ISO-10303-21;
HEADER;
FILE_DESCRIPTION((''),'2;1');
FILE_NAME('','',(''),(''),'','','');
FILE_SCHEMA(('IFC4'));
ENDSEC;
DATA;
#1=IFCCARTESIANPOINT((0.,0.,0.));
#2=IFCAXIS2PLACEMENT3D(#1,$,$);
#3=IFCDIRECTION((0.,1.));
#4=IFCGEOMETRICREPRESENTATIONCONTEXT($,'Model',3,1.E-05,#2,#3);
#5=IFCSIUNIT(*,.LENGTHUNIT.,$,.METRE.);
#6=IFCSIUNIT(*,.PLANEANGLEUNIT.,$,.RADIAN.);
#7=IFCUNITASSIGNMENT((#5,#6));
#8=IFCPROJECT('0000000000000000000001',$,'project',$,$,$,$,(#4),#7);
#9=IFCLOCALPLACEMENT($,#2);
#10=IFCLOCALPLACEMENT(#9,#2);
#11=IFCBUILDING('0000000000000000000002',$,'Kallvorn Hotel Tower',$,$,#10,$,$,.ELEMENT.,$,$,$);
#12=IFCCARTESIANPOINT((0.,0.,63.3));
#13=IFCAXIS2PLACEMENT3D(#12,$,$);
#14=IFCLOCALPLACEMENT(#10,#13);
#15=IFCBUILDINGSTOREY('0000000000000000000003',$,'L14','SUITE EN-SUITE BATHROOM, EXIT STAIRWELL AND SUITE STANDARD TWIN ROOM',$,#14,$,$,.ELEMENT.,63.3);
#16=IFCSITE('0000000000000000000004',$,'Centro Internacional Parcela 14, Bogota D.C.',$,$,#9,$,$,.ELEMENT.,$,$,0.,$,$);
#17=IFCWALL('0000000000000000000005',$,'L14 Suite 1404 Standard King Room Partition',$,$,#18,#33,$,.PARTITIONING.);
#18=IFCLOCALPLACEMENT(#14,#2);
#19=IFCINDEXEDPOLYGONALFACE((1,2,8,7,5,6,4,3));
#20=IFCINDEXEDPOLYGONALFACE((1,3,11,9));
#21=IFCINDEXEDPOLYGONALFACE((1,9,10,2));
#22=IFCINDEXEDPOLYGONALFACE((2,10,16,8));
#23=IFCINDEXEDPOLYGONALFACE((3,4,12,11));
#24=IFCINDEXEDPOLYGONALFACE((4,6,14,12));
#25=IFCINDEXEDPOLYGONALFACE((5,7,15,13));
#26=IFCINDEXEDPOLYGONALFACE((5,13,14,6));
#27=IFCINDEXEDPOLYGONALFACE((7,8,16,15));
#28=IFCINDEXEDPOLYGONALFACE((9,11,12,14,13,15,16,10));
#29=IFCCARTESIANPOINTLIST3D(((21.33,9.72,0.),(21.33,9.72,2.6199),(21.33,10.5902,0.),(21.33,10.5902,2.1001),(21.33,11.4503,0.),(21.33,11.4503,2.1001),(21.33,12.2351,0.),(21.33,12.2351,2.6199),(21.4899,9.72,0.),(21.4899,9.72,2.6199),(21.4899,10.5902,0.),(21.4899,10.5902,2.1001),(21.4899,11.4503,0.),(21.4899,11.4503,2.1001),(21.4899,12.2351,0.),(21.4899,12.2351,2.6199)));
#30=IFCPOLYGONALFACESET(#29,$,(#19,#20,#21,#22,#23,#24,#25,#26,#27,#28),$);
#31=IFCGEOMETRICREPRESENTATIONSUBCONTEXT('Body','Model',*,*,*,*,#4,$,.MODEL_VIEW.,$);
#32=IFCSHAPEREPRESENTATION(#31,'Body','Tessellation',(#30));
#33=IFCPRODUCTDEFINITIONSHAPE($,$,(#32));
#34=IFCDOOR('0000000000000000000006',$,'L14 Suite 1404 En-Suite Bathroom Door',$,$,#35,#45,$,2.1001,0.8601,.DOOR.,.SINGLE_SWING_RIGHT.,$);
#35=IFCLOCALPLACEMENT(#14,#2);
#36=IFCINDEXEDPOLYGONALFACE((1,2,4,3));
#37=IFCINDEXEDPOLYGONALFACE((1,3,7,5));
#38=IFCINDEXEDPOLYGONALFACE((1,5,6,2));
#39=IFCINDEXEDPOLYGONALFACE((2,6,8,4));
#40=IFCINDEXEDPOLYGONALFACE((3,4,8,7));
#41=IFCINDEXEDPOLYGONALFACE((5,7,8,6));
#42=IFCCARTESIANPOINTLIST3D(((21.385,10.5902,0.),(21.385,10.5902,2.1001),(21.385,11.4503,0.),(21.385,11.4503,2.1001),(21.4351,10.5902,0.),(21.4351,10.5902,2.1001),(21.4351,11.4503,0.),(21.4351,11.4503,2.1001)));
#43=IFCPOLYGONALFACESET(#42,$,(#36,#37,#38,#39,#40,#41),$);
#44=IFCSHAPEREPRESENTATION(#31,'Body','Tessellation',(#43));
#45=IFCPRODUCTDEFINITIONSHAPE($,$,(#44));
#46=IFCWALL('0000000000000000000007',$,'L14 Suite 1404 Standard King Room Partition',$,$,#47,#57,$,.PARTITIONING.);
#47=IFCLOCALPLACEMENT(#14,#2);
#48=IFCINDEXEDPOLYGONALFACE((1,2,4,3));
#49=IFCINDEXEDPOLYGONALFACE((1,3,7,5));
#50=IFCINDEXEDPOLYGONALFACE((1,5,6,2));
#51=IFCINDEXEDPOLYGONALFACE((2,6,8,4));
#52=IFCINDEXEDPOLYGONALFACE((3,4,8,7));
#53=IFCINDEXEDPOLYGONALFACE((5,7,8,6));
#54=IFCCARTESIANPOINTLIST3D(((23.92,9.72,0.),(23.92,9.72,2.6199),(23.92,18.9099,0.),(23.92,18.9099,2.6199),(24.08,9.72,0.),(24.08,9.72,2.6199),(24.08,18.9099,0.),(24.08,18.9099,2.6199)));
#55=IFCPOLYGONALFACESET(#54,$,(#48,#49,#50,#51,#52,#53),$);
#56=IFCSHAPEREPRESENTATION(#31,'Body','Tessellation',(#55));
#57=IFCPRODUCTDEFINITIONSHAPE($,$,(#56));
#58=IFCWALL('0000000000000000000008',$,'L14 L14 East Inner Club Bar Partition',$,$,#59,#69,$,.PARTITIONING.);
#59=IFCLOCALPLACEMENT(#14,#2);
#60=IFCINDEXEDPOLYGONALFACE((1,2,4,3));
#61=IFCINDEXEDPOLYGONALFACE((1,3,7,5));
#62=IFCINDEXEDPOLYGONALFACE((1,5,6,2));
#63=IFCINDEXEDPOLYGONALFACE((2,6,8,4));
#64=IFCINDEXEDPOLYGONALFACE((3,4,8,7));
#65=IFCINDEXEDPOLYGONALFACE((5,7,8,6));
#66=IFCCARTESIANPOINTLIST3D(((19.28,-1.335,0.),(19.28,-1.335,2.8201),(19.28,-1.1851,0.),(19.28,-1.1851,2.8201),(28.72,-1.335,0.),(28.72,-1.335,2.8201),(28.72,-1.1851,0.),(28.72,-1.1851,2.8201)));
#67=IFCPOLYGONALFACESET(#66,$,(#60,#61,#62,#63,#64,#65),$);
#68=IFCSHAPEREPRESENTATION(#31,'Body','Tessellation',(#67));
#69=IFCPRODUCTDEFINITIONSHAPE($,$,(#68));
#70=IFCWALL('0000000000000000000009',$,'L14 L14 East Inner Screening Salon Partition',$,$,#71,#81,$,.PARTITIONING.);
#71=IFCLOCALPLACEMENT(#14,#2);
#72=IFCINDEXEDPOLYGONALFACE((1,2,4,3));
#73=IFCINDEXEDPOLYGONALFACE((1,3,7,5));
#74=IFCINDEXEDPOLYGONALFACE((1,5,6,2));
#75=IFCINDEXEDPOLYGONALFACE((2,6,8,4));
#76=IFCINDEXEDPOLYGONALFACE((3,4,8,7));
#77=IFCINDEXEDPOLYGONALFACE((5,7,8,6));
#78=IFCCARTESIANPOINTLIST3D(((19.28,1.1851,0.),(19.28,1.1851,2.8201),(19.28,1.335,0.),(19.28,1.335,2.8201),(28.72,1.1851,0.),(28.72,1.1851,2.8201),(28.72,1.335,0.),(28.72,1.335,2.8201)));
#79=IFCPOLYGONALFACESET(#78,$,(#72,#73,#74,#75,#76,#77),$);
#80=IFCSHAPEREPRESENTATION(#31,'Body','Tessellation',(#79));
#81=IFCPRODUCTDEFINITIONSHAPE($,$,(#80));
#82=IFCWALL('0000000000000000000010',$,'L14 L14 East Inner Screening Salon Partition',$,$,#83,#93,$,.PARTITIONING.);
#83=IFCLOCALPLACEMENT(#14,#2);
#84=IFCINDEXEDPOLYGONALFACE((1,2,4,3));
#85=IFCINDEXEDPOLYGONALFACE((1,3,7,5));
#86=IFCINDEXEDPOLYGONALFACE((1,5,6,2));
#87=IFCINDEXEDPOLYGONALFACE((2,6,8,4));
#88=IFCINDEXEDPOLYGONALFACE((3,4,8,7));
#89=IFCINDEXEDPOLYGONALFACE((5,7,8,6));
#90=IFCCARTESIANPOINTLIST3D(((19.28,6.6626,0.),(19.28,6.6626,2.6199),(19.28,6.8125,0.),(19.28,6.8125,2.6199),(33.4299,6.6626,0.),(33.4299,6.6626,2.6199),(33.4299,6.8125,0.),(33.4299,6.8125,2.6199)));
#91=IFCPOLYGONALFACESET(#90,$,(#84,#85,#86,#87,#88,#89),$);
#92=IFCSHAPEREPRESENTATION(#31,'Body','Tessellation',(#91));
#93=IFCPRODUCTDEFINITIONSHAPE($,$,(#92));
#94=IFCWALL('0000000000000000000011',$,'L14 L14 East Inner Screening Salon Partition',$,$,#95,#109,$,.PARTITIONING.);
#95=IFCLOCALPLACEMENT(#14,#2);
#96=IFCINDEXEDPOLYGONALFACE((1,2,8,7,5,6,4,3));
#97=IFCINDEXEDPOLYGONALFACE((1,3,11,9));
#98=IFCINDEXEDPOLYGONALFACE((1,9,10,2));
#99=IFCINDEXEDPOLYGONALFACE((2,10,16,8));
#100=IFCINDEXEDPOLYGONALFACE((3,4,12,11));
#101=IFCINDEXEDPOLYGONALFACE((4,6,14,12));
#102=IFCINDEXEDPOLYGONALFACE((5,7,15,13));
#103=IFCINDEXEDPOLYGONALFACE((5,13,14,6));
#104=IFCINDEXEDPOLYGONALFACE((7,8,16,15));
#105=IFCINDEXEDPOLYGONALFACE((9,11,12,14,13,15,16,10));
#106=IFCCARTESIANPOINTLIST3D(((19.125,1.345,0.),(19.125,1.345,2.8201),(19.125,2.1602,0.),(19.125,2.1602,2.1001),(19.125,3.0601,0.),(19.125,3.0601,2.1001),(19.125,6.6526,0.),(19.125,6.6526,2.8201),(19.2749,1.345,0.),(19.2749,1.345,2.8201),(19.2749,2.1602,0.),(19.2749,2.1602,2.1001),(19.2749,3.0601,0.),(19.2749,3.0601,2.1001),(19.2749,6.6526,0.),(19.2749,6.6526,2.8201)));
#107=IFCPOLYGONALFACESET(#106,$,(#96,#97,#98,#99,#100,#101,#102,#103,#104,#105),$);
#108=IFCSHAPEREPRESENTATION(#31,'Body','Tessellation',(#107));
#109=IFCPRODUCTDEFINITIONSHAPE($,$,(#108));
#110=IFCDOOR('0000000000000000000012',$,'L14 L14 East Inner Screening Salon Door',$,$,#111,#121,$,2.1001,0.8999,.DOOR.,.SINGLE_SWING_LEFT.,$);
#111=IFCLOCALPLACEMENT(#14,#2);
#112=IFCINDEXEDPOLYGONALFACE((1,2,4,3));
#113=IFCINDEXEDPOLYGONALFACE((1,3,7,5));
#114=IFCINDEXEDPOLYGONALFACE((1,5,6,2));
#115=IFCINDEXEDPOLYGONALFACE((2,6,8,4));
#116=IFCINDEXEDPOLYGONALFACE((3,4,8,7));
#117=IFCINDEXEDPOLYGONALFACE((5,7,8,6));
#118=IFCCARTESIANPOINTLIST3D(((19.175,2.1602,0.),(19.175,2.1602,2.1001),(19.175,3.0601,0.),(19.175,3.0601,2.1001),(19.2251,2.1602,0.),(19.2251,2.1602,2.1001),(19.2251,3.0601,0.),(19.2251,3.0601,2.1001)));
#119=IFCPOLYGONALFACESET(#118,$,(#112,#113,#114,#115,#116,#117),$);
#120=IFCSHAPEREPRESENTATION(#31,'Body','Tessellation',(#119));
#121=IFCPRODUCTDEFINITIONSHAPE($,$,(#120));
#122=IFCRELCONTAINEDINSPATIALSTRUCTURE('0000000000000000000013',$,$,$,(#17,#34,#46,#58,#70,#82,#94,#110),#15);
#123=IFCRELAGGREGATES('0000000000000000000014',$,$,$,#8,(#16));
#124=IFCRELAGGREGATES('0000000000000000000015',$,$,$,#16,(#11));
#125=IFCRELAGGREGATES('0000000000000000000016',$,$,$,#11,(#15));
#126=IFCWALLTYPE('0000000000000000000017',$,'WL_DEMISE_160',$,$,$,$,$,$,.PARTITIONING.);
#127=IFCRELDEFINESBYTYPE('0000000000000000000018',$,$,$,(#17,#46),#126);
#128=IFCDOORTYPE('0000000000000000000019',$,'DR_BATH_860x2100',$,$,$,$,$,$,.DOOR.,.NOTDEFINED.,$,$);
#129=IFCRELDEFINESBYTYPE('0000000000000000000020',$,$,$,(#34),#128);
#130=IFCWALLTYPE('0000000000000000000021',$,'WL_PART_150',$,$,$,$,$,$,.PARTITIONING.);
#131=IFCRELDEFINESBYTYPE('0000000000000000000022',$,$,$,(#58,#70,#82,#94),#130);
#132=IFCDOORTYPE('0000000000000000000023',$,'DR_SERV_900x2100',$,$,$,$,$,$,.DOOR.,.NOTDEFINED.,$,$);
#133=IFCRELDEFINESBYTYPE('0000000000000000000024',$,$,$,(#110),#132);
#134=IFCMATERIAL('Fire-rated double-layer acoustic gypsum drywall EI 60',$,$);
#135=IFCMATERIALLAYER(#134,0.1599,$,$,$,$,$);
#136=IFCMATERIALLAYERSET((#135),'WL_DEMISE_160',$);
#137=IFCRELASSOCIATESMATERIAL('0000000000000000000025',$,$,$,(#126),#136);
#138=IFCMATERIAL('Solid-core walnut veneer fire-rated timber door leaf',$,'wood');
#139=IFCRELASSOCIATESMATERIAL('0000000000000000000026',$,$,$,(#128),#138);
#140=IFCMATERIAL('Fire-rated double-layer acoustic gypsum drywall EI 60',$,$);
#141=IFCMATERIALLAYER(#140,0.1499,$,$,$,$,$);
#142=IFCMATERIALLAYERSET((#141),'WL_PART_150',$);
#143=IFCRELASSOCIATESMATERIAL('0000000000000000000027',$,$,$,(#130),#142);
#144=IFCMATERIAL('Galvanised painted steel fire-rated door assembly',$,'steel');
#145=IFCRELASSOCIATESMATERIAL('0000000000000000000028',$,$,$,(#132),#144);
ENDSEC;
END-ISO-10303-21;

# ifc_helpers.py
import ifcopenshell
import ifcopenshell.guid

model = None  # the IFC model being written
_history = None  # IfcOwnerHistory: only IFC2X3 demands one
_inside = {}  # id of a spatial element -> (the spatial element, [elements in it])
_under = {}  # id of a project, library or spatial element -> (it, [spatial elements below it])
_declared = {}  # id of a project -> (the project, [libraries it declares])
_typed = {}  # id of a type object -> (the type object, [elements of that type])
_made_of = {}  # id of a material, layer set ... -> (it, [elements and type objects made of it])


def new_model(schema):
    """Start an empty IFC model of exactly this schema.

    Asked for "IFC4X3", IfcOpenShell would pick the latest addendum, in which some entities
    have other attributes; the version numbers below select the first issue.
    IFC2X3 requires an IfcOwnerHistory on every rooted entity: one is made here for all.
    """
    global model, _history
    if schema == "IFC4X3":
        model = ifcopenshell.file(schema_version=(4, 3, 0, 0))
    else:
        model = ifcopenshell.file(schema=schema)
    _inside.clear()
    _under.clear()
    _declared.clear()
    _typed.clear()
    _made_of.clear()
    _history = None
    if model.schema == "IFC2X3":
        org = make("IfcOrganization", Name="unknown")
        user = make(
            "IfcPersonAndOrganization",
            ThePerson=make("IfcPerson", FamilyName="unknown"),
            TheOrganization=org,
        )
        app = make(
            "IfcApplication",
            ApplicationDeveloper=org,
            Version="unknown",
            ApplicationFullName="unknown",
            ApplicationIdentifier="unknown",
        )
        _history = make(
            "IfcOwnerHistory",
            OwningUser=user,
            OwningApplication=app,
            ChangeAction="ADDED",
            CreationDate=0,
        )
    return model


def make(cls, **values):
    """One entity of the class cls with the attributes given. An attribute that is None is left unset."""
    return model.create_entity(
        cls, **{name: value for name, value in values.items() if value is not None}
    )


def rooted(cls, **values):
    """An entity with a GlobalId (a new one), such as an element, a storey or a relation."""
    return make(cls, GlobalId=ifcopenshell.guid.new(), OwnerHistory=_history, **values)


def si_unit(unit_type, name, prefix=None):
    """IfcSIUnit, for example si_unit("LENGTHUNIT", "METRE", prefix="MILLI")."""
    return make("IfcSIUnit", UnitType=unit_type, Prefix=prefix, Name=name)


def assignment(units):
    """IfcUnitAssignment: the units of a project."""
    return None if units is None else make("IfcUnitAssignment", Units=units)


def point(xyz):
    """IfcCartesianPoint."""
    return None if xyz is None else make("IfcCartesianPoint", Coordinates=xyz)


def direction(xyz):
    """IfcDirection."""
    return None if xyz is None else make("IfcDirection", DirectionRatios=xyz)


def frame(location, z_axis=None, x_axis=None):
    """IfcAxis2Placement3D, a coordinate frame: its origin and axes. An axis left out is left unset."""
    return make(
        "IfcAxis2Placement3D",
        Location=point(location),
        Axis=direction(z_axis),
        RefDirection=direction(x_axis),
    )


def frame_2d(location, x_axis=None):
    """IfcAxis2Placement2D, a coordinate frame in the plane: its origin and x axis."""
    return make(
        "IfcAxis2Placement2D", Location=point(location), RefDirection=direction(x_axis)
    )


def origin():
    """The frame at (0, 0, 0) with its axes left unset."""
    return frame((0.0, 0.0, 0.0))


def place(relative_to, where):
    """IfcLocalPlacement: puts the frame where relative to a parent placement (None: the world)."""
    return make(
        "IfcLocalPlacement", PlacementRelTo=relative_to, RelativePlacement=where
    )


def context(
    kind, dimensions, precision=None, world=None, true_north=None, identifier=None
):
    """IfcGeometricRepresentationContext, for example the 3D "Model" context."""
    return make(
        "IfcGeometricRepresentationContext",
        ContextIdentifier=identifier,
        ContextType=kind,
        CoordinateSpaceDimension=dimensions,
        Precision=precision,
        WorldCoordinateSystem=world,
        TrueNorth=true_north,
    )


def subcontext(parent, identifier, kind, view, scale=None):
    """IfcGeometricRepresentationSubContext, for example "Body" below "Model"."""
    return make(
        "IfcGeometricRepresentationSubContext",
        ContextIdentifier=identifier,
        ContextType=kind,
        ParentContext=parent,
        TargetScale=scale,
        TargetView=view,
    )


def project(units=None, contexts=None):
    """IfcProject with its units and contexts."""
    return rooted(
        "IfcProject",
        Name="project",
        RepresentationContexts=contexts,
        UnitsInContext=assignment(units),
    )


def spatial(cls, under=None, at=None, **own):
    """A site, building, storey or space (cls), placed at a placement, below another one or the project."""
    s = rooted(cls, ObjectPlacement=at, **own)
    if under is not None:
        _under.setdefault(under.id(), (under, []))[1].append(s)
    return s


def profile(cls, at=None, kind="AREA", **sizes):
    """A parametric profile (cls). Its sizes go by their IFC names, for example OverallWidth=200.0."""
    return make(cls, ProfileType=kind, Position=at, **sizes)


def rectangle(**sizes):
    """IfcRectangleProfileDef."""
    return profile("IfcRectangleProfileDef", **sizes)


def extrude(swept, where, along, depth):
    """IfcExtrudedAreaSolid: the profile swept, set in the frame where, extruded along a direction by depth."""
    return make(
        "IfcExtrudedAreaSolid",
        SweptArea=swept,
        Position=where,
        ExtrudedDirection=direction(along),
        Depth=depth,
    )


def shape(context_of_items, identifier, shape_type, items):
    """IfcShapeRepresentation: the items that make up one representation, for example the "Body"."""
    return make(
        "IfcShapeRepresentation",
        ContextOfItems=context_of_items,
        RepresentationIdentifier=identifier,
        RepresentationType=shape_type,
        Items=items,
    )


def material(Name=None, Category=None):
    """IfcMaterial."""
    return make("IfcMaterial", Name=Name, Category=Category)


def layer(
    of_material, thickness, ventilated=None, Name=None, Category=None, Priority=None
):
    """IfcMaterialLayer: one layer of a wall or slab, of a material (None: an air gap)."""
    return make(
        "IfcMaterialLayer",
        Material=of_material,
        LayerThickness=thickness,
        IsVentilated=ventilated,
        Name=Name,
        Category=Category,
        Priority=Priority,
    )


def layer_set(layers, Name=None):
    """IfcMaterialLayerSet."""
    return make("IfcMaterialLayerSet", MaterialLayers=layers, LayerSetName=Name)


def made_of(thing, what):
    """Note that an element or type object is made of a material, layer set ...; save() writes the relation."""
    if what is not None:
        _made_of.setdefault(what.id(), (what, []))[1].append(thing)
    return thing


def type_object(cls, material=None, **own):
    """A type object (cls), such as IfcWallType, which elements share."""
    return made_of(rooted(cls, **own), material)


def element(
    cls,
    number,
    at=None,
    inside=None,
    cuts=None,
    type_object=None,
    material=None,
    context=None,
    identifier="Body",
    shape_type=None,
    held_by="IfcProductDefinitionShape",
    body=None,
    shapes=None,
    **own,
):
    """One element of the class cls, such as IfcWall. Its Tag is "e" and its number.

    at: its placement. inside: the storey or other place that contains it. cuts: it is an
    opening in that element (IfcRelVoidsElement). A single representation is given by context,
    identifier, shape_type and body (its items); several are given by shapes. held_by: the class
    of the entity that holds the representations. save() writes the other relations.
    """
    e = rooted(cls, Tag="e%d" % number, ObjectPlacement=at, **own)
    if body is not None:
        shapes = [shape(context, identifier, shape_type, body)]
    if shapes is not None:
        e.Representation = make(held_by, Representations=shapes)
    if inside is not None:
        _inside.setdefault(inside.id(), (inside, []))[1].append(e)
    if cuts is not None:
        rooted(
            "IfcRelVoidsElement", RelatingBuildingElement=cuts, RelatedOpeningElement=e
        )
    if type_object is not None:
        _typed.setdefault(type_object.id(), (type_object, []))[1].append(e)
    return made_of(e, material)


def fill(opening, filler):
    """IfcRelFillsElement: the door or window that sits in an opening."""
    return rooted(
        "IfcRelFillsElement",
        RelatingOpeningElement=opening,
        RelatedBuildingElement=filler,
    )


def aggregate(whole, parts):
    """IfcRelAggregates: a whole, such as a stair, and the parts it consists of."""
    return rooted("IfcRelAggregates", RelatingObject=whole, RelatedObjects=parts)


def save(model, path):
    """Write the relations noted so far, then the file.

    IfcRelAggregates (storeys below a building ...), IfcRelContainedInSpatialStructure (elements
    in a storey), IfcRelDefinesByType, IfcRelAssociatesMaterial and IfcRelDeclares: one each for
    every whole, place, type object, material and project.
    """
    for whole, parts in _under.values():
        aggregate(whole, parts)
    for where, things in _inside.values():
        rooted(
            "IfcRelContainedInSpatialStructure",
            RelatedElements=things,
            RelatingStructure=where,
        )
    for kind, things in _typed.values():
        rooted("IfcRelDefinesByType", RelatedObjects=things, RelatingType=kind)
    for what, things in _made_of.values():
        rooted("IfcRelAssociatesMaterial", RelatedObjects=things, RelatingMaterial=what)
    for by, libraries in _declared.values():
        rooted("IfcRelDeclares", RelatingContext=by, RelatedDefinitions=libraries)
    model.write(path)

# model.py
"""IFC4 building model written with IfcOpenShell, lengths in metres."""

from ifc_helpers import new_model, si_unit, direction, frame, frame_2d, origin, place, context, subcontext, project, spatial, rectangle, extrude, material, layer, layer_set, type_object, element, fill, save


model = new_model("IFC4")

# Units and contexts
model_context = context("Model", 3, precision=1e-05, world=origin(), true_north=direction((0.0, 1.0)))
body_context = subcontext(model_context, "Body", "Model", "MODEL_VIEW")
ifc_project = project(units=[si_unit("LENGTHUNIT", "METRE"), si_unit("PLANEANGLEUNIT", "RADIAN")], contexts=[model_context])

# Site, building, storey
site_placement = place(None, origin())
site = spatial("IfcSite", under=ifc_project, at=site_placement, Name="Centro Internacional Parcela 14, Bogota D.C.", CompositionType="ELEMENT", RefElevation=0.0)
building_placement = place(site_placement, origin())
building = spatial("IfcBuilding", under=site, at=building_placement, Name="Kallvorn Hotel Tower", CompositionType="ELEMENT")
storey_placement = place(building_placement, frame((0.0, 0.0, 63.3)))
storey = spatial("IfcBuildingStorey", under=building, at=storey_placement, Name="L14", Description="SUITE EN-SUITE BATHROOM, EXIT STAIRWELL AND SUITE STANDARD TWIN ROOM", CompositionType="ELEMENT", Elevation=63.3)

# Shared definitions
ifc_material_1 = material(Name="Fire-rated double-layer acoustic gypsum drywall EI 60")
ifc_layer_1 = layer(ifc_material_1, 0.1599)
ifc_layer_set_1 = layer_set([ifc_layer_1], Name="WL_DEMISE_160")
wall_type_1 = type_object("IfcWallType", Name="WL_DEMISE_160", PredefinedType="PARTITIONING", material=ifc_layer_set_1)

# Wall, opening, door
wall_1_placement = place(storey_placement, frame((21.4099, 9.72, 0.0), z_axis=(0.0, 0.0, 1.0), x_axis=(0.0, 1.0, 0.0)))
wall_1 = element("IfcWall", 1, at=wall_1_placement, inside=storey, type_object=wall_type_1, Name="L14 Suite 1404 Standard King Room Partition", PredefinedType="PARTITIONING", context=body_context, shape_type="SweptSolid", body=[
    extrude(rectangle(XDim=2.5151, YDim=0.1599, at=frame_2d((1.2576, 0.0))), origin(), (0.0, 0.0, 1.0), 2.6199),
])
opening_1_placement = place(wall_1_placement, frame((0.8701, 0.0, 0.0)))
opening_1 = element("IfcOpeningElement", 2, at=opening_1_placement, cuts=wall_1, PredefinedType="OPENING", context=body_context, shape_type="SweptSolid", body=[
    extrude(rectangle(XDim=0.8601, YDim=2.1001, at=frame_2d((0.4302, 1.05))), frame((0.0, 0.095, 0.0), z_axis=(0.0, -1.0, 0.0), x_axis=(1.0, 0.0, 0.0)), (0.0, 0.0, 1.0), 0.1899),
])
ifc_material_2 = material(Name="Solid-core walnut veneer fire-rated timber door leaf", Category="wood")
door_type_1 = type_object("IfcDoorType", Name="DR_BATH_860x2100", OperationType="NOTDEFINED", PredefinedType="DOOR", material=ifc_material_2)
door_1_placement = place(opening_1_placement, origin())
door_1 = element("IfcDoor", 3, at=door_1_placement, inside=storey, type_object=door_type_1, Name="L14 Suite 1404 En-Suite Bathroom Door", OperationType="SINGLE_SWING_RIGHT", OverallHeight=2.1001, OverallWidth=0.8601, PredefinedType="DOOR", context=body_context, shape_type="SweptSolid", body=[
    extrude(rectangle(XDim=0.8601, YDim=2.1001, at=frame_2d((0.4302, 1.05))), frame((0.0, 0.0249, 0.0), z_axis=(0.0, -1.0, 0.0), x_axis=(1.0, 0.0, 0.0)), (0.0, 0.0, 1.0), 0.05),
])
fill(opening_1, door_1)

# Walls
wall_2_placement = place(storey_placement, frame((24.0, 9.72, 0.0), z_axis=(0.0, 0.0, 1.0), x_axis=(0.0, 1.0, 0.0)))
element("IfcWall", 4, at=wall_2_placement, inside=storey, type_object=wall_type_1, Name="L14 Suite 1404 Standard King Room Partition", PredefinedType="PARTITIONING", context=body_context, shape_type="SweptSolid", body=[
    extrude(rectangle(XDim=9.1899, YDim=0.1599, at=frame_2d((4.595, 0.0))), origin(), (0.0, 0.0, 1.0), 2.6199),
])
ifc_material_3 = material(Name="Fire-rated double-layer acoustic gypsum drywall EI 60")
ifc_layer_2 = layer(ifc_material_3, 0.1499)
ifc_layer_set_2 = layer_set([ifc_layer_2], Name="WL_PART_150")
wall_type_2 = type_object("IfcWallType", Name="WL_PART_150", PredefinedType="PARTITIONING", material=ifc_layer_set_2)
for number, where, z_axis, x_axis, name in (
    (5, (19.28, -1.26, 0.0), (0.0, 0.0, 1.0), (1.0, 0.0, 0.0), "L14 L14 East Inner Club Bar Partition"),
    (6, (19.28, 1.26, 0.0), (0.0, 0.0, 1.0), (1.0, 0.0, 0.0), "L14 L14 East Inner Screening Salon Partition"),
):
    element("IfcWall", number, at=place(storey_placement, frame(where, z_axis=z_axis, x_axis=x_axis)), inside=storey, type_object=wall_type_2, Name=name, PredefinedType="PARTITIONING", context=body_context, shape_type="SweptSolid", body=[
        extrude(rectangle(XDim=9.4399, YDim=0.1499, at=frame_2d((4.72, 0.0))), origin(), (0.0, 0.0, 1.0), 2.8201),
    ])
wall_3_placement = place(storey_placement, frame((19.28, 6.7375, 0.0), z_axis=(0.0, 0.0, 1.0), x_axis=(1.0, 0.0, 0.0)))
element("IfcWall", 7, at=wall_3_placement, inside=storey, type_object=wall_type_2, Name="L14 L14 East Inner Screening Salon Partition", PredefinedType="PARTITIONING", context=body_context, shape_type="SweptSolid", body=[
    extrude(rectangle(XDim=14.1499, YDim=0.1499, at=frame_2d((7.075, 0.0))), origin(), (0.0, 0.0, 1.0), 2.6199),
])

# Wall, opening, door
wall_4_placement = place(storey_placement, frame((19.2, 1.345, 0.0), z_axis=(0.0, 0.0, 1.0), x_axis=(0.0, 1.0, 0.0)))
wall_4 = element("IfcWall", 8, at=wall_4_placement, inside=storey, type_object=wall_type_2, Name="L14 L14 East Inner Screening Salon Partition", PredefinedType="PARTITIONING", context=body_context, shape_type="SweptSolid", body=[
    extrude(rectangle(XDim=5.3076, YDim=0.1499, at=frame_2d((2.6538, 0.0))), origin(), (0.0, 0.0, 1.0), 2.8201),
])
opening_2_placement = place(wall_4_placement, frame((0.8152, 0.0, 0.0)))
opening_2 = element("IfcOpeningElement", 9, at=opening_2_placement, cuts=wall_4, PredefinedType="OPENING", context=body_context, shape_type="SweptSolid", body=[
    extrude(rectangle(XDim=0.8999, YDim=2.1001, at=frame_2d((0.45, 1.05))), frame((0.0, 0.0898, 0.0), z_axis=(0.0, -1.0, 0.0), x_axis=(1.0, 0.0, 0.0)), (0.0, 0.0, 1.0), 0.1799),
])
ifc_material_4 = material(Name="Galvanised painted steel fire-rated door assembly", Category="steel")
door_type_2 = type_object("IfcDoorType", Name="DR_SERV_900x2100", OperationType="NOTDEFINED", PredefinedType="DOOR", material=ifc_material_4)
door_2_placement = place(opening_2_placement, origin())
door_2 = element("IfcDoor", 10, at=door_2_placement, inside=storey, type_object=door_type_2, Name="L14 L14 East Inner Screening Salon Door", OperationType="SINGLE_SWING_LEFT", OverallHeight=2.1001, OverallWidth=0.8999, PredefinedType="DOOR", context=body_context, shape_type="SweptSolid", body=[
    extrude(rectangle(XDim=0.8999, YDim=2.1001, at=frame_2d((0.45, 1.05))), frame((0.0, 0.0249, 0.0), z_axis=(0.0, -1.0, 0.0), x_axis=(1.0, 0.0, 0.0)), (0.0, 0.0, 1.0), 0.05),
])
fill(opening_2, door_2)

save(model, "model.ifc")
